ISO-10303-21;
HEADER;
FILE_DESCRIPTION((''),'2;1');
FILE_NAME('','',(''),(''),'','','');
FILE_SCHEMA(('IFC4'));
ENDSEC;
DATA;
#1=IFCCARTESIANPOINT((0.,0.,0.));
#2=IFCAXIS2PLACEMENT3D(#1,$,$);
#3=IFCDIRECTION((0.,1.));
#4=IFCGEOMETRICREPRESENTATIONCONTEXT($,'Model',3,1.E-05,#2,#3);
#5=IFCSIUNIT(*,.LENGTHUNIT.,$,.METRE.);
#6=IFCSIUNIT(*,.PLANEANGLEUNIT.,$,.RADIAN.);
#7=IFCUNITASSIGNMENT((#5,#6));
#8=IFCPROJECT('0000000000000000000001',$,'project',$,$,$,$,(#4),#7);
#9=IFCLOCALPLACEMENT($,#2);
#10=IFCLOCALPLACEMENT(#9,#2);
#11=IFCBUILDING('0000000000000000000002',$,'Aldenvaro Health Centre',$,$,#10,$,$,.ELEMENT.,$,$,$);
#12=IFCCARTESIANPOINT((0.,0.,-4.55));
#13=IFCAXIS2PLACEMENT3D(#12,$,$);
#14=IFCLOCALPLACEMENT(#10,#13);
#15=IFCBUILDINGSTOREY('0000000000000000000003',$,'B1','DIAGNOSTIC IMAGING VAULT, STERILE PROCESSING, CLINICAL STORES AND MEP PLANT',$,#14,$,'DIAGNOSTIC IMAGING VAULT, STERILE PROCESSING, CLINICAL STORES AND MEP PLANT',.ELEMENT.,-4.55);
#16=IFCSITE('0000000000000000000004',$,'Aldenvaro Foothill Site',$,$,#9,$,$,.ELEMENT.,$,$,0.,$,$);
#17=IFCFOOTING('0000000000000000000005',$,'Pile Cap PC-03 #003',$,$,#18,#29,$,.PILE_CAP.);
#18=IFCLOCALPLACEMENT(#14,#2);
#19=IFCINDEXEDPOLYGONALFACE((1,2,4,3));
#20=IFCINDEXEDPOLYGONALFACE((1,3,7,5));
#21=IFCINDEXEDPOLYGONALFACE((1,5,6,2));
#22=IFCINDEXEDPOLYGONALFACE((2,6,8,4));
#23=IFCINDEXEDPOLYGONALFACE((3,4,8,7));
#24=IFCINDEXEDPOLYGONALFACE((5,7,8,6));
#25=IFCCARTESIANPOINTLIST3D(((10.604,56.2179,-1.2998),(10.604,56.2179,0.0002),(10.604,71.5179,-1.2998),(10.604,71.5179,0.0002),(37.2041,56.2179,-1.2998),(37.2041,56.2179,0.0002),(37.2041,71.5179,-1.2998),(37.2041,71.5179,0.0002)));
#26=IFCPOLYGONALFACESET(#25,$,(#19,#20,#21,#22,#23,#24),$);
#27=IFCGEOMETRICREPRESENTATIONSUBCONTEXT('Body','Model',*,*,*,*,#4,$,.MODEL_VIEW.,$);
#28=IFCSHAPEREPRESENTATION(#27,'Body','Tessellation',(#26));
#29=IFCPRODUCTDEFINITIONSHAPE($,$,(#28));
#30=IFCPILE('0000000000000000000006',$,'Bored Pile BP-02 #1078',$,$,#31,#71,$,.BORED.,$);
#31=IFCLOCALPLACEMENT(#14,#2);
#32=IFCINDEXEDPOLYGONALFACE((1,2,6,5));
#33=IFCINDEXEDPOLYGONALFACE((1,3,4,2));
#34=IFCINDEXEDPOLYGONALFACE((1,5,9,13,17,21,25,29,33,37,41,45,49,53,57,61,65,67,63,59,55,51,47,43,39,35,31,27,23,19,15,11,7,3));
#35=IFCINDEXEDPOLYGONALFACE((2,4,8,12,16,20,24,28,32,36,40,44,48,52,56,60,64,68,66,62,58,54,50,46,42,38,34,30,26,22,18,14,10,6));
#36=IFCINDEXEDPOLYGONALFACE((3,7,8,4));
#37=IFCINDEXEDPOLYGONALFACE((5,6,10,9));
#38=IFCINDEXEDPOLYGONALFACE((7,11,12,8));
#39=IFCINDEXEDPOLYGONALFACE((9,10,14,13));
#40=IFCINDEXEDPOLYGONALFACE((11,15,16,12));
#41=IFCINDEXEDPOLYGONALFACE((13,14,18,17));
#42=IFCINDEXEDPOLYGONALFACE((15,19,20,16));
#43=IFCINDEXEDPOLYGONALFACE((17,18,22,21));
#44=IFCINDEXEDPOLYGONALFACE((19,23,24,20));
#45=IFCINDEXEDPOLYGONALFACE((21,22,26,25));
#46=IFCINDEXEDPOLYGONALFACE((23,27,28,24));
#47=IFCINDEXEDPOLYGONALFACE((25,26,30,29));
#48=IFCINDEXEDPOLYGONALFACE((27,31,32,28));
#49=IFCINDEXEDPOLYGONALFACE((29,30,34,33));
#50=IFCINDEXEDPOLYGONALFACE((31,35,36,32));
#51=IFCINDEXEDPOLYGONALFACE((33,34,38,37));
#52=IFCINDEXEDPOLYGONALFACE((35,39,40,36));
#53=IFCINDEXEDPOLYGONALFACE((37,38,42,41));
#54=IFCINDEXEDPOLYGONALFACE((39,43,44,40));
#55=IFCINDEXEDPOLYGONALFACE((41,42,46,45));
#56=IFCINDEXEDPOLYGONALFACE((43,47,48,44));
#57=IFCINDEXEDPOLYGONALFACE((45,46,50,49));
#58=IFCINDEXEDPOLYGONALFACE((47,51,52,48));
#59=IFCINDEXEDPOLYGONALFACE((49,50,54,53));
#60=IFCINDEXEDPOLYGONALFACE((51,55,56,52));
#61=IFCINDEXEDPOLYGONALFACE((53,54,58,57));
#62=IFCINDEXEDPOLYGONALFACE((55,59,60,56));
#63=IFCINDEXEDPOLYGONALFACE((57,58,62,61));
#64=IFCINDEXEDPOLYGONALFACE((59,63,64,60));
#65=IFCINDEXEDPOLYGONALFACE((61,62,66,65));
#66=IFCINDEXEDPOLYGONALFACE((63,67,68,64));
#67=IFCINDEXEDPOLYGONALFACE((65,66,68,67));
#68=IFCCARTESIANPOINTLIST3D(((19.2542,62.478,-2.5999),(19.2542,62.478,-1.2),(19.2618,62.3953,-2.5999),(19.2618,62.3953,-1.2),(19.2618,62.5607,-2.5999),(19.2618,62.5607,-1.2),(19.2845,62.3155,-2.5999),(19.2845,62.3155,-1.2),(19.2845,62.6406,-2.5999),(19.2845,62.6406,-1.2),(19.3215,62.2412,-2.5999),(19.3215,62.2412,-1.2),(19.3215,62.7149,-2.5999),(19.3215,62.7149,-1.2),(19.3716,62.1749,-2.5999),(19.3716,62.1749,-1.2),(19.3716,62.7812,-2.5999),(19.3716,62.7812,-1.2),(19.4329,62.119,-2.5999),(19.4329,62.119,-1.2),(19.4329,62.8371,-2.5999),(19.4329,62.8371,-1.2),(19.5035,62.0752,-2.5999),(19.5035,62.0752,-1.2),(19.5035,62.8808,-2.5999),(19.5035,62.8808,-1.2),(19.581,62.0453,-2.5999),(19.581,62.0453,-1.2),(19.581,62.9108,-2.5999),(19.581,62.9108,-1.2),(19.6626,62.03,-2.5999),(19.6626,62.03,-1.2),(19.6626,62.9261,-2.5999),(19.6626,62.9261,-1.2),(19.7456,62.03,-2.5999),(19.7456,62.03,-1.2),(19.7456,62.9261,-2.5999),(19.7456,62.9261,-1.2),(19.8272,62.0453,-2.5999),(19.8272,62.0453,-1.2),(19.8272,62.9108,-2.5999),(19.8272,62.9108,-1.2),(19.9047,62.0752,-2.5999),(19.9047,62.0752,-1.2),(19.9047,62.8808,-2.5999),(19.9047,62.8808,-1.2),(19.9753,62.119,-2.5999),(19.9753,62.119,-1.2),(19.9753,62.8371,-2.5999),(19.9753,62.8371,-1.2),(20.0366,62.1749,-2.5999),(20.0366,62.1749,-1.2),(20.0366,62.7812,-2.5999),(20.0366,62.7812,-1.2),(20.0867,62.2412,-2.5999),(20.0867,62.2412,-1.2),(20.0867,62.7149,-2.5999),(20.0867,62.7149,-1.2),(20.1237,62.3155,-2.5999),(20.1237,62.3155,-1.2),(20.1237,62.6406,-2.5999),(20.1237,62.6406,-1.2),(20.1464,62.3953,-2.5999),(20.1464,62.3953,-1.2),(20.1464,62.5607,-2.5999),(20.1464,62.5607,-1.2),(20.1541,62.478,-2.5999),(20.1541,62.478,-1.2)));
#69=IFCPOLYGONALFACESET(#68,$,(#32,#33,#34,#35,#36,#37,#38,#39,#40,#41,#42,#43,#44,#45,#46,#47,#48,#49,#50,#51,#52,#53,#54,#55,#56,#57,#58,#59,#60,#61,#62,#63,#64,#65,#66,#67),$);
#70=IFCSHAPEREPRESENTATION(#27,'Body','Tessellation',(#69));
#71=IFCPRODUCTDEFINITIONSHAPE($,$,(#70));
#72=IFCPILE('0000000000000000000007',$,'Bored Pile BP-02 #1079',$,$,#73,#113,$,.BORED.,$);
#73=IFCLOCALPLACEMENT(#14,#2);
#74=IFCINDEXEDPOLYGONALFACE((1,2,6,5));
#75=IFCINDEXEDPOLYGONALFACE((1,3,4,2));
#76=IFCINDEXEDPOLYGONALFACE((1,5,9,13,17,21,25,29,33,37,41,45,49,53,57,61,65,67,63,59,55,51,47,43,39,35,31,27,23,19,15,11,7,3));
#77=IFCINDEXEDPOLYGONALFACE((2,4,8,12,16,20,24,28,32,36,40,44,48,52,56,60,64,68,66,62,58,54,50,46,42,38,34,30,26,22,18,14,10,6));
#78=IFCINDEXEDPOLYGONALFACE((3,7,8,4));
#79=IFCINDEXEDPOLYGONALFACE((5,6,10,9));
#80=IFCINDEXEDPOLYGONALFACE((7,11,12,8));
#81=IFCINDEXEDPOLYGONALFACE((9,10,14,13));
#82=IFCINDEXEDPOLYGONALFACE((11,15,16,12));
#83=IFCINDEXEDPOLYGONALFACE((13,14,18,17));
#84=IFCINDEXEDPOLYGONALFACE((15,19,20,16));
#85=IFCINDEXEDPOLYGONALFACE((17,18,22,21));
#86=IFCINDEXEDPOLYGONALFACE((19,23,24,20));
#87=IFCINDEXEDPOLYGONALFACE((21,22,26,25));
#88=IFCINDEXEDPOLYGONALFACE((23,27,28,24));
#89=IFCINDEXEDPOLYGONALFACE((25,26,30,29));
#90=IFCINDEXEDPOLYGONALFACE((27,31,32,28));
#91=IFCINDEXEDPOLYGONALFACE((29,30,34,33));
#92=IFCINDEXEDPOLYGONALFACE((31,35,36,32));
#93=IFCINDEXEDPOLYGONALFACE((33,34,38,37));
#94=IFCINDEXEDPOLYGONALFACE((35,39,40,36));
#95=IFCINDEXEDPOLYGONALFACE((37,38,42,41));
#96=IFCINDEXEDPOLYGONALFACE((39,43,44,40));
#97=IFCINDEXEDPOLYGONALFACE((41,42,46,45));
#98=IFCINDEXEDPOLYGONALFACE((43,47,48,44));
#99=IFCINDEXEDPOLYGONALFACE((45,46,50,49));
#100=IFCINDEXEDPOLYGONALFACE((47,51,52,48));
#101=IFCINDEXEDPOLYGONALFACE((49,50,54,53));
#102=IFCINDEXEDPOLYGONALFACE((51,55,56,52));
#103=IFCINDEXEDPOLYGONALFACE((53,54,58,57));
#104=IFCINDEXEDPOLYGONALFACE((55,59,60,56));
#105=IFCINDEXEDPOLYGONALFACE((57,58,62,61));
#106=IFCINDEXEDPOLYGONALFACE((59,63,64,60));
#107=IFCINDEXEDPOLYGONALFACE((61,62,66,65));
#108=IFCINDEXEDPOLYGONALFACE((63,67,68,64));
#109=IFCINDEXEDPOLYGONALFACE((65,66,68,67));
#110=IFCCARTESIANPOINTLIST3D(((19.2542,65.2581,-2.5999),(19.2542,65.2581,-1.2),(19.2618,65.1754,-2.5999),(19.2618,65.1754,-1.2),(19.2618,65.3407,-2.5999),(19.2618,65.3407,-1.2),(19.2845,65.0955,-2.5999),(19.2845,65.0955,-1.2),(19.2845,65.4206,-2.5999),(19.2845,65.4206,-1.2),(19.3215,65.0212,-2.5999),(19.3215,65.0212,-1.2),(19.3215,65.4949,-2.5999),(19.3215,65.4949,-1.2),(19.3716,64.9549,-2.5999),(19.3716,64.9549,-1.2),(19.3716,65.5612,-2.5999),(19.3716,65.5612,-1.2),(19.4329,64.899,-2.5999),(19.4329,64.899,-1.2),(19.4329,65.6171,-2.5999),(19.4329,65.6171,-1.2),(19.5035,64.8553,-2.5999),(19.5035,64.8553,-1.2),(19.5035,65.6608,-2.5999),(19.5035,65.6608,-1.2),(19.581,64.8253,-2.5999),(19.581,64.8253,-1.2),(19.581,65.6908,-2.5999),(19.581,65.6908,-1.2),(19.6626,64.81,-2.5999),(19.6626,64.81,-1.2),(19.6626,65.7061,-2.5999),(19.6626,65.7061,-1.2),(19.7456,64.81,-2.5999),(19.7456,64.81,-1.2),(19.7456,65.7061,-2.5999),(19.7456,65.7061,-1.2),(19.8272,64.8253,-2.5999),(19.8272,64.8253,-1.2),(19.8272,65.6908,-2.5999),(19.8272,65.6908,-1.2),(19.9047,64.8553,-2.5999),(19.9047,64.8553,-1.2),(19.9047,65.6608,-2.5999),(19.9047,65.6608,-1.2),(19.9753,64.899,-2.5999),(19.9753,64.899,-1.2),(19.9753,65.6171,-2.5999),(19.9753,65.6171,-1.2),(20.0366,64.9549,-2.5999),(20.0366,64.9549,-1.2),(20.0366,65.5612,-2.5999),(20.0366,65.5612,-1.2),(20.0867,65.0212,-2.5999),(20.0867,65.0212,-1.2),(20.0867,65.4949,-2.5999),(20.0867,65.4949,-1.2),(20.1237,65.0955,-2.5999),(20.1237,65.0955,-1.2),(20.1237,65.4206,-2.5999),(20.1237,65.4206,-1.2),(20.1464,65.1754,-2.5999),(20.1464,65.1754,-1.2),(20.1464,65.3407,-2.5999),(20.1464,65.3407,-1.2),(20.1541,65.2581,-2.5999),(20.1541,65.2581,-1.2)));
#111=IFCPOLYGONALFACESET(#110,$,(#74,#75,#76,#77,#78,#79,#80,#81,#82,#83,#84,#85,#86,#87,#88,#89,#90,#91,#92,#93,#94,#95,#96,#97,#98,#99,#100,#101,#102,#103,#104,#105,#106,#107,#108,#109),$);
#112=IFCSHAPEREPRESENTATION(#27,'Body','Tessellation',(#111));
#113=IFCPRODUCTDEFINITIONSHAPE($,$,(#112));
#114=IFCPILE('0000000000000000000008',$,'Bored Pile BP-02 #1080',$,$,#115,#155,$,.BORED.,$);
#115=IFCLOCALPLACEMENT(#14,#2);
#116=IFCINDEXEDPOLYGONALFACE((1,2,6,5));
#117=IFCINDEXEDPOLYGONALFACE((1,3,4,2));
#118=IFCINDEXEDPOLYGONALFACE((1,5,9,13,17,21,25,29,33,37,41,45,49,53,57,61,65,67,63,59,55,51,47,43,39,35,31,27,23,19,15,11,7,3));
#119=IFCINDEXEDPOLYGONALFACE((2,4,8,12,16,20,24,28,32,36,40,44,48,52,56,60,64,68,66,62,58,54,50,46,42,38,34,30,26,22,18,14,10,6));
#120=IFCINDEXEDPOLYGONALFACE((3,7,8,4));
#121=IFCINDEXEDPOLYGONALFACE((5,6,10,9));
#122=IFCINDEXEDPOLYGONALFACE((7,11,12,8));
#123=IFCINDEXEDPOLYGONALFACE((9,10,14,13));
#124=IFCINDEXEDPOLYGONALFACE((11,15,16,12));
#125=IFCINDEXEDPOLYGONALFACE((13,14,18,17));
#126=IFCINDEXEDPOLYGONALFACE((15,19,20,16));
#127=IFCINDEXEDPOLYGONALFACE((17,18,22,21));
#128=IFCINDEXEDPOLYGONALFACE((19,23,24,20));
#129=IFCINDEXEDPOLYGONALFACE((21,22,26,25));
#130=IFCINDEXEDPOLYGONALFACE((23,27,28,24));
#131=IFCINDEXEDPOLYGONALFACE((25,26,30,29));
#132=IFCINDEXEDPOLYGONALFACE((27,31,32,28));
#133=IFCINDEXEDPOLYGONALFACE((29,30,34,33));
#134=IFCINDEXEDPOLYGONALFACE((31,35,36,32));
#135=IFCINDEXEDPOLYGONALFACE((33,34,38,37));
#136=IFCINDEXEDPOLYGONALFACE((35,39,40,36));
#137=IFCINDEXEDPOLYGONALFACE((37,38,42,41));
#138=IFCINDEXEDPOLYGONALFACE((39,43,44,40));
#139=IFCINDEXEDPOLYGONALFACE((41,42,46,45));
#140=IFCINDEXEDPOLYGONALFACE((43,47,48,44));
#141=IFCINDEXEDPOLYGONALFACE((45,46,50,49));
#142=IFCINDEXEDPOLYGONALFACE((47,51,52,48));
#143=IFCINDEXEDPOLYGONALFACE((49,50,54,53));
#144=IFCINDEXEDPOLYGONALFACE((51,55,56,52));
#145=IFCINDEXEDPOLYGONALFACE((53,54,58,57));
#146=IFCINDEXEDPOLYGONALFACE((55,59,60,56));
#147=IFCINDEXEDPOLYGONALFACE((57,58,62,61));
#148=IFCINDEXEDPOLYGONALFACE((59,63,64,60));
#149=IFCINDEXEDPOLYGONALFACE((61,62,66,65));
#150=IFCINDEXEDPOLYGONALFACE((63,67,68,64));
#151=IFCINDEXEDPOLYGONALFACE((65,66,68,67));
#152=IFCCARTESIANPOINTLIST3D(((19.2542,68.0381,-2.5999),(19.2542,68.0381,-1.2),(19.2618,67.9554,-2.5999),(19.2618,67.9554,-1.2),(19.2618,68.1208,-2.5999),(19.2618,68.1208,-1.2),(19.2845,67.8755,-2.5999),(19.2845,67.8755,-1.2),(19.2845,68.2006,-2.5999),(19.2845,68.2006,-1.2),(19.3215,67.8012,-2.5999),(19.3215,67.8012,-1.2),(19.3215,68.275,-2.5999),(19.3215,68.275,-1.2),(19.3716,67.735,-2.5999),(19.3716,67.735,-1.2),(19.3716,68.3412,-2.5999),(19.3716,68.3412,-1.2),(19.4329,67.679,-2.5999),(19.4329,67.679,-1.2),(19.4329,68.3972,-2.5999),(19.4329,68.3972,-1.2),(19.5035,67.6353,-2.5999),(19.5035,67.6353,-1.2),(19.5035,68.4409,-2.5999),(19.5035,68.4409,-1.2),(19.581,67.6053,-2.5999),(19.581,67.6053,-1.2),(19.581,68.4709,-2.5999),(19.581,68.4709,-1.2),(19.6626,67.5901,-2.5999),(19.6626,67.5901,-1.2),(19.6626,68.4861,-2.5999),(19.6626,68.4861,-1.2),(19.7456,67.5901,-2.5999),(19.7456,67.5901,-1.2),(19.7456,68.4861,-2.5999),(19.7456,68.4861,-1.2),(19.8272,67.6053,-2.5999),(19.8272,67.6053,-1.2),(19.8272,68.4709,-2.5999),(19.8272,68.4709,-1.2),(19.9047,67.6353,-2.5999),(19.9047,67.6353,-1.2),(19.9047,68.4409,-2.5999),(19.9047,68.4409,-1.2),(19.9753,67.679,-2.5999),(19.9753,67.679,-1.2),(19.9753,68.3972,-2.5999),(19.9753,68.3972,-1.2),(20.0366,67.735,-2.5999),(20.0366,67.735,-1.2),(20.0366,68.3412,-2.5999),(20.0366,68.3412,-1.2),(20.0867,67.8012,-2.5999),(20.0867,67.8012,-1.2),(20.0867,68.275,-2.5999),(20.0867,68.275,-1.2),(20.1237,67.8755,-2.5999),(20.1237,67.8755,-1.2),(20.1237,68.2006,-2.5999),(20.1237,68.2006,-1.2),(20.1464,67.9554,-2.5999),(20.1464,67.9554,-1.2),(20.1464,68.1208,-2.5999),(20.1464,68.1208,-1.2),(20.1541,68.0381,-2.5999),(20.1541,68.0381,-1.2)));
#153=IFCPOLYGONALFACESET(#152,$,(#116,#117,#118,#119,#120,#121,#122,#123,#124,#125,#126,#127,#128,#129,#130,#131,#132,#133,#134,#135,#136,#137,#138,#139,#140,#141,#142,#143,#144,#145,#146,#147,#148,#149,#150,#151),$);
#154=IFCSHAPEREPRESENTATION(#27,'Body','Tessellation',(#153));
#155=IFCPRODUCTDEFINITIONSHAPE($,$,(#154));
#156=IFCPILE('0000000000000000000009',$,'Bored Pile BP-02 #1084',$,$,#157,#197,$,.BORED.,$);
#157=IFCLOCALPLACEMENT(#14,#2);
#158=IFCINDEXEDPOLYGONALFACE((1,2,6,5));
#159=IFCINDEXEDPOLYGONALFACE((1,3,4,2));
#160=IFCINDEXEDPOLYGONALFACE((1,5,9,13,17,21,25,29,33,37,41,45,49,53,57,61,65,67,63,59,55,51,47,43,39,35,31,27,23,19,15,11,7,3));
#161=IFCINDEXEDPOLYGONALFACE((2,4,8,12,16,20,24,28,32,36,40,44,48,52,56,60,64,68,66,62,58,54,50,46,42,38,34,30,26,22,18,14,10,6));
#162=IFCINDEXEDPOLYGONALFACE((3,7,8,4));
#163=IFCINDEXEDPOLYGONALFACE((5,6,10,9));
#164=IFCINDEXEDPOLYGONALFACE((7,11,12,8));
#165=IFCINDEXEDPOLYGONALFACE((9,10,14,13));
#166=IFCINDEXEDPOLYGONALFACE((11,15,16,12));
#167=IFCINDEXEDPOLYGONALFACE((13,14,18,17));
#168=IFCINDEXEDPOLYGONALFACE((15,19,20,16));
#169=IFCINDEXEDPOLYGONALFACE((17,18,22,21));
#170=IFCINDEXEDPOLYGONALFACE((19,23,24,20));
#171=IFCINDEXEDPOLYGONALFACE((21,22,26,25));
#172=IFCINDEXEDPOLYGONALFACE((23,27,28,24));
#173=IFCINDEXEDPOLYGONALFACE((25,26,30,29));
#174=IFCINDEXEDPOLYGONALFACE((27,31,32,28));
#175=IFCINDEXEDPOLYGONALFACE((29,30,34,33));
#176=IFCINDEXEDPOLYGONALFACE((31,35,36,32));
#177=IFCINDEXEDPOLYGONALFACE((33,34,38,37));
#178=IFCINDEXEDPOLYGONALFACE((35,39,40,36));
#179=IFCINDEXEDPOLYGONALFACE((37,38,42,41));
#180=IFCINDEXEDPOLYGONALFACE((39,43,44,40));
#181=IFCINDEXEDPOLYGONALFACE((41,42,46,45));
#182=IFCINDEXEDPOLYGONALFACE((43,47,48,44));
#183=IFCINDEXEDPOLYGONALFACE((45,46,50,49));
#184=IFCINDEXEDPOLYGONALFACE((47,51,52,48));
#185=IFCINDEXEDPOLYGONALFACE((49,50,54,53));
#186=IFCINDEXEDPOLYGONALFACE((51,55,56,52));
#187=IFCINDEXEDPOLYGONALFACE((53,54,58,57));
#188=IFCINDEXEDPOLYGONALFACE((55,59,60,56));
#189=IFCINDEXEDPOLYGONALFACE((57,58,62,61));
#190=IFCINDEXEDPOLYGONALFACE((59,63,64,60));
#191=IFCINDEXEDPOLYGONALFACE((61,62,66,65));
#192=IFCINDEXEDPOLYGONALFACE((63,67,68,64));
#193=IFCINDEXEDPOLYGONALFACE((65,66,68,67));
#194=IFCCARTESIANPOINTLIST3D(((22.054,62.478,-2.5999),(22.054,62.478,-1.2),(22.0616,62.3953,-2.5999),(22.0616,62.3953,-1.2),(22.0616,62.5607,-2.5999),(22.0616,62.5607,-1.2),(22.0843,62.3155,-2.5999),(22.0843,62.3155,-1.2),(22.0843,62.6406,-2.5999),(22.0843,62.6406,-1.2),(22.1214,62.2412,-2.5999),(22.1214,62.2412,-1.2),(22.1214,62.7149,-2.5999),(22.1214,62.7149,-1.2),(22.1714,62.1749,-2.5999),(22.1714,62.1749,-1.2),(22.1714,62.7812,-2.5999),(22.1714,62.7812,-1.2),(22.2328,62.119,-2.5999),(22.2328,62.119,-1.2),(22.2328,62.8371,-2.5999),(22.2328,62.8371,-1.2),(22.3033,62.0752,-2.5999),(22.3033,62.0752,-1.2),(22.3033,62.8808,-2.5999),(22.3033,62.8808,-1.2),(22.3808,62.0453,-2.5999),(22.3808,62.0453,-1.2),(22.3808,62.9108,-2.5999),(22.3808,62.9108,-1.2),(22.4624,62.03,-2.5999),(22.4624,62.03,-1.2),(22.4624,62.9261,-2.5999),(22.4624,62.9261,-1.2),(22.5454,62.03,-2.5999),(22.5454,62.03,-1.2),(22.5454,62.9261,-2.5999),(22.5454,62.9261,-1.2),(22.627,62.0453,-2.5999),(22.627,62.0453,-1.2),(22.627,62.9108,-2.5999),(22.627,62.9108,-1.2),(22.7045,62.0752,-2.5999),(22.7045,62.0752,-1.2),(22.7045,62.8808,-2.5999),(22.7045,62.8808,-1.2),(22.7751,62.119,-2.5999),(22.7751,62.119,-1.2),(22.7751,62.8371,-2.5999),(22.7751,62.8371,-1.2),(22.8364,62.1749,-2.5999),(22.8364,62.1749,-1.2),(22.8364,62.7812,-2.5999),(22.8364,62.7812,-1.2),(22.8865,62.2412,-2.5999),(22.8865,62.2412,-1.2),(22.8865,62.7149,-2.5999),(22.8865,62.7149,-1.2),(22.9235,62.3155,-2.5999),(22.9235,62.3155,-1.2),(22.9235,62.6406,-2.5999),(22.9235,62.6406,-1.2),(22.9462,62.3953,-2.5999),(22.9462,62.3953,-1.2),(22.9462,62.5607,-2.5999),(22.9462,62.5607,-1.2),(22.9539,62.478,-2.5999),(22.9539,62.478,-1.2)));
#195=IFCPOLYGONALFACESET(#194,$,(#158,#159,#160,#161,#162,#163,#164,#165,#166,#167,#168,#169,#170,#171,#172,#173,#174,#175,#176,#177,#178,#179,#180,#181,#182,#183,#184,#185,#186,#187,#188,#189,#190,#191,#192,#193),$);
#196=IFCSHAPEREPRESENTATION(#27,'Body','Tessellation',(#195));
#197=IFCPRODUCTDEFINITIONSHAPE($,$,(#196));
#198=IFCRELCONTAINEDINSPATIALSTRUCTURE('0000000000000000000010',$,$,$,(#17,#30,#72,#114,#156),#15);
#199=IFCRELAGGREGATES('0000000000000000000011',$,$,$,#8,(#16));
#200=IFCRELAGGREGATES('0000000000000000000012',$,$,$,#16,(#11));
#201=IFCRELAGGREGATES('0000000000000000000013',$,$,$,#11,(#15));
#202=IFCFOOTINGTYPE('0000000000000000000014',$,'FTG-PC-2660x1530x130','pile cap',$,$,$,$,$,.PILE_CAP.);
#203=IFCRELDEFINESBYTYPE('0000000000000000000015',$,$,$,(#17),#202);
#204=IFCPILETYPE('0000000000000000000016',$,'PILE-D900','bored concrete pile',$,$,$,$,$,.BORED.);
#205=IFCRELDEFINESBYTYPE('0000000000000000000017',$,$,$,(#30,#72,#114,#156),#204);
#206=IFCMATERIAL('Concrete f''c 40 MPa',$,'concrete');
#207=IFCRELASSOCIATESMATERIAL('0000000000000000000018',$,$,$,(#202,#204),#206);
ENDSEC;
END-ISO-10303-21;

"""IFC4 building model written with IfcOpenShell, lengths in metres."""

from ifc_helpers import new_model, si_unit, direction, frame, origin, origin_2d, place, context, subcontext, project, spatial, rectangle, circle, extrude, material, material_profile, profile_set, type_object, element, save


model = new_model("IFC4")

# Units and contexts
model_context = context("Model", 3, precision=1e-05, world=origin(), true_north=direction((0.0, 1.0)))
body_context = subcontext(model_context, "Body", "Model", "MODEL_VIEW")
ifc_project = project(units=[si_unit("LENGTHUNIT", "METRE"), si_unit("PLANEANGLEUNIT", "RADIAN")], contexts=[model_context])

# Site, building, storey
site_placement = place(None, origin())
site = spatial("IfcSite", under=ifc_project, at=site_placement, Name="Aldenvaro Foothill Site", CompositionType="ELEMENT", RefElevation=0.0)
building_placement = place(site_placement, origin())
building = spatial("IfcBuilding", under=site, at=building_placement, Name="Aldenvaro Health Centre", CompositionType="ELEMENT")
storey_placement = place(building_placement, frame((0.0, 0.0, -4.55)))
storey = spatial("IfcBuildingStorey", under=building, at=storey_placement, Name="B1", Description="DIAGNOSTIC IMAGING VAULT, STERILE PROCESSING, CLINICAL STORES AND MEP PLANT", LongName="DIAGNOSTIC IMAGING VAULT, STERILE PROCESSING, CLINICAL STORES AND MEP PLANT", CompositionType="ELEMENT", Elevation=-4.55)

# Footing
ifc_material_1 = material(Name="Concrete f'c 40 MPa", Category="concrete")
footing_type = type_object("IfcFootingType", Name="FTG-PC-2660x1530x130", Description="pile cap", PredefinedType="PILE_CAP", material=ifc_material_1)
footing_placement = place(storey_placement, frame((23.9041, 63.8679, -1.2998), z_axis=(0.0, 0.0, 1.0), x_axis=(1.0, 0.0, 0.0)))
element("IfcFooting", 1, at=footing_placement, inside=storey, type_object=footing_type, Name="Pile Cap PC-03 #003", PredefinedType="PILE_CAP", context=body_context, shape_type="SweptSolid", body=[
    extrude(rectangle(XDim=26.6001, YDim=15.3, at=origin_2d()), origin(), (0.0, 0.0, 1.0), 1.3),
])

# Piles
ifc_material_profile_1 = material_profile(ifc_material_1, circle(Radius=0.45, at=origin_2d()), Name="PILE D900", Category="concrete")
ifc_profile_set_1 = profile_set([ifc_material_profile_1], Name="Concrete f'c 40 MPa")
pile_type = type_object("IfcPileType", Name="PILE-D900", Description="bored concrete pile", PredefinedType="BORED", material=ifc_profile_set_1)
for number, where, z_axis, x_axis, name in (
    (2, (19.7041, 62.478, -1.2), (0.0, 0.0, -1.0), (1.0, 0.0, 0.0), "Bored Pile BP-02 #1078"),
    (3, (19.7041, 65.2581, -1.2), (0.0, 0.0, -1.0), (1.0, 0.0, 0.0), "Bored Pile BP-02 #1079"),
    (4, (19.7041, 68.0381, -1.2), (0.0, 0.0, -1.0), (1.0, 0.0, 0.0), "Bored Pile BP-02 #1080"),
    (5, (22.5039, 62.478, -1.2), (0.0, 0.0, -1.0), (1.0, 0.0, 0.0), "Bored Pile BP-02 #1084"),
):
    element("IfcPile", number, at=place(storey_placement, frame(where, z_axis=z_axis, x_axis=x_axis)), inside=storey, type_object=pile_type, Name=name, PredefinedType="BORED", context=body_context, shape_type="SweptSolid", body=[
        extrude(circle(Radius=0.45, at=origin_2d()), origin(), (0.0, 0.0, 1.0), 1.3999),
    ])

save(model, "model.ifc")
